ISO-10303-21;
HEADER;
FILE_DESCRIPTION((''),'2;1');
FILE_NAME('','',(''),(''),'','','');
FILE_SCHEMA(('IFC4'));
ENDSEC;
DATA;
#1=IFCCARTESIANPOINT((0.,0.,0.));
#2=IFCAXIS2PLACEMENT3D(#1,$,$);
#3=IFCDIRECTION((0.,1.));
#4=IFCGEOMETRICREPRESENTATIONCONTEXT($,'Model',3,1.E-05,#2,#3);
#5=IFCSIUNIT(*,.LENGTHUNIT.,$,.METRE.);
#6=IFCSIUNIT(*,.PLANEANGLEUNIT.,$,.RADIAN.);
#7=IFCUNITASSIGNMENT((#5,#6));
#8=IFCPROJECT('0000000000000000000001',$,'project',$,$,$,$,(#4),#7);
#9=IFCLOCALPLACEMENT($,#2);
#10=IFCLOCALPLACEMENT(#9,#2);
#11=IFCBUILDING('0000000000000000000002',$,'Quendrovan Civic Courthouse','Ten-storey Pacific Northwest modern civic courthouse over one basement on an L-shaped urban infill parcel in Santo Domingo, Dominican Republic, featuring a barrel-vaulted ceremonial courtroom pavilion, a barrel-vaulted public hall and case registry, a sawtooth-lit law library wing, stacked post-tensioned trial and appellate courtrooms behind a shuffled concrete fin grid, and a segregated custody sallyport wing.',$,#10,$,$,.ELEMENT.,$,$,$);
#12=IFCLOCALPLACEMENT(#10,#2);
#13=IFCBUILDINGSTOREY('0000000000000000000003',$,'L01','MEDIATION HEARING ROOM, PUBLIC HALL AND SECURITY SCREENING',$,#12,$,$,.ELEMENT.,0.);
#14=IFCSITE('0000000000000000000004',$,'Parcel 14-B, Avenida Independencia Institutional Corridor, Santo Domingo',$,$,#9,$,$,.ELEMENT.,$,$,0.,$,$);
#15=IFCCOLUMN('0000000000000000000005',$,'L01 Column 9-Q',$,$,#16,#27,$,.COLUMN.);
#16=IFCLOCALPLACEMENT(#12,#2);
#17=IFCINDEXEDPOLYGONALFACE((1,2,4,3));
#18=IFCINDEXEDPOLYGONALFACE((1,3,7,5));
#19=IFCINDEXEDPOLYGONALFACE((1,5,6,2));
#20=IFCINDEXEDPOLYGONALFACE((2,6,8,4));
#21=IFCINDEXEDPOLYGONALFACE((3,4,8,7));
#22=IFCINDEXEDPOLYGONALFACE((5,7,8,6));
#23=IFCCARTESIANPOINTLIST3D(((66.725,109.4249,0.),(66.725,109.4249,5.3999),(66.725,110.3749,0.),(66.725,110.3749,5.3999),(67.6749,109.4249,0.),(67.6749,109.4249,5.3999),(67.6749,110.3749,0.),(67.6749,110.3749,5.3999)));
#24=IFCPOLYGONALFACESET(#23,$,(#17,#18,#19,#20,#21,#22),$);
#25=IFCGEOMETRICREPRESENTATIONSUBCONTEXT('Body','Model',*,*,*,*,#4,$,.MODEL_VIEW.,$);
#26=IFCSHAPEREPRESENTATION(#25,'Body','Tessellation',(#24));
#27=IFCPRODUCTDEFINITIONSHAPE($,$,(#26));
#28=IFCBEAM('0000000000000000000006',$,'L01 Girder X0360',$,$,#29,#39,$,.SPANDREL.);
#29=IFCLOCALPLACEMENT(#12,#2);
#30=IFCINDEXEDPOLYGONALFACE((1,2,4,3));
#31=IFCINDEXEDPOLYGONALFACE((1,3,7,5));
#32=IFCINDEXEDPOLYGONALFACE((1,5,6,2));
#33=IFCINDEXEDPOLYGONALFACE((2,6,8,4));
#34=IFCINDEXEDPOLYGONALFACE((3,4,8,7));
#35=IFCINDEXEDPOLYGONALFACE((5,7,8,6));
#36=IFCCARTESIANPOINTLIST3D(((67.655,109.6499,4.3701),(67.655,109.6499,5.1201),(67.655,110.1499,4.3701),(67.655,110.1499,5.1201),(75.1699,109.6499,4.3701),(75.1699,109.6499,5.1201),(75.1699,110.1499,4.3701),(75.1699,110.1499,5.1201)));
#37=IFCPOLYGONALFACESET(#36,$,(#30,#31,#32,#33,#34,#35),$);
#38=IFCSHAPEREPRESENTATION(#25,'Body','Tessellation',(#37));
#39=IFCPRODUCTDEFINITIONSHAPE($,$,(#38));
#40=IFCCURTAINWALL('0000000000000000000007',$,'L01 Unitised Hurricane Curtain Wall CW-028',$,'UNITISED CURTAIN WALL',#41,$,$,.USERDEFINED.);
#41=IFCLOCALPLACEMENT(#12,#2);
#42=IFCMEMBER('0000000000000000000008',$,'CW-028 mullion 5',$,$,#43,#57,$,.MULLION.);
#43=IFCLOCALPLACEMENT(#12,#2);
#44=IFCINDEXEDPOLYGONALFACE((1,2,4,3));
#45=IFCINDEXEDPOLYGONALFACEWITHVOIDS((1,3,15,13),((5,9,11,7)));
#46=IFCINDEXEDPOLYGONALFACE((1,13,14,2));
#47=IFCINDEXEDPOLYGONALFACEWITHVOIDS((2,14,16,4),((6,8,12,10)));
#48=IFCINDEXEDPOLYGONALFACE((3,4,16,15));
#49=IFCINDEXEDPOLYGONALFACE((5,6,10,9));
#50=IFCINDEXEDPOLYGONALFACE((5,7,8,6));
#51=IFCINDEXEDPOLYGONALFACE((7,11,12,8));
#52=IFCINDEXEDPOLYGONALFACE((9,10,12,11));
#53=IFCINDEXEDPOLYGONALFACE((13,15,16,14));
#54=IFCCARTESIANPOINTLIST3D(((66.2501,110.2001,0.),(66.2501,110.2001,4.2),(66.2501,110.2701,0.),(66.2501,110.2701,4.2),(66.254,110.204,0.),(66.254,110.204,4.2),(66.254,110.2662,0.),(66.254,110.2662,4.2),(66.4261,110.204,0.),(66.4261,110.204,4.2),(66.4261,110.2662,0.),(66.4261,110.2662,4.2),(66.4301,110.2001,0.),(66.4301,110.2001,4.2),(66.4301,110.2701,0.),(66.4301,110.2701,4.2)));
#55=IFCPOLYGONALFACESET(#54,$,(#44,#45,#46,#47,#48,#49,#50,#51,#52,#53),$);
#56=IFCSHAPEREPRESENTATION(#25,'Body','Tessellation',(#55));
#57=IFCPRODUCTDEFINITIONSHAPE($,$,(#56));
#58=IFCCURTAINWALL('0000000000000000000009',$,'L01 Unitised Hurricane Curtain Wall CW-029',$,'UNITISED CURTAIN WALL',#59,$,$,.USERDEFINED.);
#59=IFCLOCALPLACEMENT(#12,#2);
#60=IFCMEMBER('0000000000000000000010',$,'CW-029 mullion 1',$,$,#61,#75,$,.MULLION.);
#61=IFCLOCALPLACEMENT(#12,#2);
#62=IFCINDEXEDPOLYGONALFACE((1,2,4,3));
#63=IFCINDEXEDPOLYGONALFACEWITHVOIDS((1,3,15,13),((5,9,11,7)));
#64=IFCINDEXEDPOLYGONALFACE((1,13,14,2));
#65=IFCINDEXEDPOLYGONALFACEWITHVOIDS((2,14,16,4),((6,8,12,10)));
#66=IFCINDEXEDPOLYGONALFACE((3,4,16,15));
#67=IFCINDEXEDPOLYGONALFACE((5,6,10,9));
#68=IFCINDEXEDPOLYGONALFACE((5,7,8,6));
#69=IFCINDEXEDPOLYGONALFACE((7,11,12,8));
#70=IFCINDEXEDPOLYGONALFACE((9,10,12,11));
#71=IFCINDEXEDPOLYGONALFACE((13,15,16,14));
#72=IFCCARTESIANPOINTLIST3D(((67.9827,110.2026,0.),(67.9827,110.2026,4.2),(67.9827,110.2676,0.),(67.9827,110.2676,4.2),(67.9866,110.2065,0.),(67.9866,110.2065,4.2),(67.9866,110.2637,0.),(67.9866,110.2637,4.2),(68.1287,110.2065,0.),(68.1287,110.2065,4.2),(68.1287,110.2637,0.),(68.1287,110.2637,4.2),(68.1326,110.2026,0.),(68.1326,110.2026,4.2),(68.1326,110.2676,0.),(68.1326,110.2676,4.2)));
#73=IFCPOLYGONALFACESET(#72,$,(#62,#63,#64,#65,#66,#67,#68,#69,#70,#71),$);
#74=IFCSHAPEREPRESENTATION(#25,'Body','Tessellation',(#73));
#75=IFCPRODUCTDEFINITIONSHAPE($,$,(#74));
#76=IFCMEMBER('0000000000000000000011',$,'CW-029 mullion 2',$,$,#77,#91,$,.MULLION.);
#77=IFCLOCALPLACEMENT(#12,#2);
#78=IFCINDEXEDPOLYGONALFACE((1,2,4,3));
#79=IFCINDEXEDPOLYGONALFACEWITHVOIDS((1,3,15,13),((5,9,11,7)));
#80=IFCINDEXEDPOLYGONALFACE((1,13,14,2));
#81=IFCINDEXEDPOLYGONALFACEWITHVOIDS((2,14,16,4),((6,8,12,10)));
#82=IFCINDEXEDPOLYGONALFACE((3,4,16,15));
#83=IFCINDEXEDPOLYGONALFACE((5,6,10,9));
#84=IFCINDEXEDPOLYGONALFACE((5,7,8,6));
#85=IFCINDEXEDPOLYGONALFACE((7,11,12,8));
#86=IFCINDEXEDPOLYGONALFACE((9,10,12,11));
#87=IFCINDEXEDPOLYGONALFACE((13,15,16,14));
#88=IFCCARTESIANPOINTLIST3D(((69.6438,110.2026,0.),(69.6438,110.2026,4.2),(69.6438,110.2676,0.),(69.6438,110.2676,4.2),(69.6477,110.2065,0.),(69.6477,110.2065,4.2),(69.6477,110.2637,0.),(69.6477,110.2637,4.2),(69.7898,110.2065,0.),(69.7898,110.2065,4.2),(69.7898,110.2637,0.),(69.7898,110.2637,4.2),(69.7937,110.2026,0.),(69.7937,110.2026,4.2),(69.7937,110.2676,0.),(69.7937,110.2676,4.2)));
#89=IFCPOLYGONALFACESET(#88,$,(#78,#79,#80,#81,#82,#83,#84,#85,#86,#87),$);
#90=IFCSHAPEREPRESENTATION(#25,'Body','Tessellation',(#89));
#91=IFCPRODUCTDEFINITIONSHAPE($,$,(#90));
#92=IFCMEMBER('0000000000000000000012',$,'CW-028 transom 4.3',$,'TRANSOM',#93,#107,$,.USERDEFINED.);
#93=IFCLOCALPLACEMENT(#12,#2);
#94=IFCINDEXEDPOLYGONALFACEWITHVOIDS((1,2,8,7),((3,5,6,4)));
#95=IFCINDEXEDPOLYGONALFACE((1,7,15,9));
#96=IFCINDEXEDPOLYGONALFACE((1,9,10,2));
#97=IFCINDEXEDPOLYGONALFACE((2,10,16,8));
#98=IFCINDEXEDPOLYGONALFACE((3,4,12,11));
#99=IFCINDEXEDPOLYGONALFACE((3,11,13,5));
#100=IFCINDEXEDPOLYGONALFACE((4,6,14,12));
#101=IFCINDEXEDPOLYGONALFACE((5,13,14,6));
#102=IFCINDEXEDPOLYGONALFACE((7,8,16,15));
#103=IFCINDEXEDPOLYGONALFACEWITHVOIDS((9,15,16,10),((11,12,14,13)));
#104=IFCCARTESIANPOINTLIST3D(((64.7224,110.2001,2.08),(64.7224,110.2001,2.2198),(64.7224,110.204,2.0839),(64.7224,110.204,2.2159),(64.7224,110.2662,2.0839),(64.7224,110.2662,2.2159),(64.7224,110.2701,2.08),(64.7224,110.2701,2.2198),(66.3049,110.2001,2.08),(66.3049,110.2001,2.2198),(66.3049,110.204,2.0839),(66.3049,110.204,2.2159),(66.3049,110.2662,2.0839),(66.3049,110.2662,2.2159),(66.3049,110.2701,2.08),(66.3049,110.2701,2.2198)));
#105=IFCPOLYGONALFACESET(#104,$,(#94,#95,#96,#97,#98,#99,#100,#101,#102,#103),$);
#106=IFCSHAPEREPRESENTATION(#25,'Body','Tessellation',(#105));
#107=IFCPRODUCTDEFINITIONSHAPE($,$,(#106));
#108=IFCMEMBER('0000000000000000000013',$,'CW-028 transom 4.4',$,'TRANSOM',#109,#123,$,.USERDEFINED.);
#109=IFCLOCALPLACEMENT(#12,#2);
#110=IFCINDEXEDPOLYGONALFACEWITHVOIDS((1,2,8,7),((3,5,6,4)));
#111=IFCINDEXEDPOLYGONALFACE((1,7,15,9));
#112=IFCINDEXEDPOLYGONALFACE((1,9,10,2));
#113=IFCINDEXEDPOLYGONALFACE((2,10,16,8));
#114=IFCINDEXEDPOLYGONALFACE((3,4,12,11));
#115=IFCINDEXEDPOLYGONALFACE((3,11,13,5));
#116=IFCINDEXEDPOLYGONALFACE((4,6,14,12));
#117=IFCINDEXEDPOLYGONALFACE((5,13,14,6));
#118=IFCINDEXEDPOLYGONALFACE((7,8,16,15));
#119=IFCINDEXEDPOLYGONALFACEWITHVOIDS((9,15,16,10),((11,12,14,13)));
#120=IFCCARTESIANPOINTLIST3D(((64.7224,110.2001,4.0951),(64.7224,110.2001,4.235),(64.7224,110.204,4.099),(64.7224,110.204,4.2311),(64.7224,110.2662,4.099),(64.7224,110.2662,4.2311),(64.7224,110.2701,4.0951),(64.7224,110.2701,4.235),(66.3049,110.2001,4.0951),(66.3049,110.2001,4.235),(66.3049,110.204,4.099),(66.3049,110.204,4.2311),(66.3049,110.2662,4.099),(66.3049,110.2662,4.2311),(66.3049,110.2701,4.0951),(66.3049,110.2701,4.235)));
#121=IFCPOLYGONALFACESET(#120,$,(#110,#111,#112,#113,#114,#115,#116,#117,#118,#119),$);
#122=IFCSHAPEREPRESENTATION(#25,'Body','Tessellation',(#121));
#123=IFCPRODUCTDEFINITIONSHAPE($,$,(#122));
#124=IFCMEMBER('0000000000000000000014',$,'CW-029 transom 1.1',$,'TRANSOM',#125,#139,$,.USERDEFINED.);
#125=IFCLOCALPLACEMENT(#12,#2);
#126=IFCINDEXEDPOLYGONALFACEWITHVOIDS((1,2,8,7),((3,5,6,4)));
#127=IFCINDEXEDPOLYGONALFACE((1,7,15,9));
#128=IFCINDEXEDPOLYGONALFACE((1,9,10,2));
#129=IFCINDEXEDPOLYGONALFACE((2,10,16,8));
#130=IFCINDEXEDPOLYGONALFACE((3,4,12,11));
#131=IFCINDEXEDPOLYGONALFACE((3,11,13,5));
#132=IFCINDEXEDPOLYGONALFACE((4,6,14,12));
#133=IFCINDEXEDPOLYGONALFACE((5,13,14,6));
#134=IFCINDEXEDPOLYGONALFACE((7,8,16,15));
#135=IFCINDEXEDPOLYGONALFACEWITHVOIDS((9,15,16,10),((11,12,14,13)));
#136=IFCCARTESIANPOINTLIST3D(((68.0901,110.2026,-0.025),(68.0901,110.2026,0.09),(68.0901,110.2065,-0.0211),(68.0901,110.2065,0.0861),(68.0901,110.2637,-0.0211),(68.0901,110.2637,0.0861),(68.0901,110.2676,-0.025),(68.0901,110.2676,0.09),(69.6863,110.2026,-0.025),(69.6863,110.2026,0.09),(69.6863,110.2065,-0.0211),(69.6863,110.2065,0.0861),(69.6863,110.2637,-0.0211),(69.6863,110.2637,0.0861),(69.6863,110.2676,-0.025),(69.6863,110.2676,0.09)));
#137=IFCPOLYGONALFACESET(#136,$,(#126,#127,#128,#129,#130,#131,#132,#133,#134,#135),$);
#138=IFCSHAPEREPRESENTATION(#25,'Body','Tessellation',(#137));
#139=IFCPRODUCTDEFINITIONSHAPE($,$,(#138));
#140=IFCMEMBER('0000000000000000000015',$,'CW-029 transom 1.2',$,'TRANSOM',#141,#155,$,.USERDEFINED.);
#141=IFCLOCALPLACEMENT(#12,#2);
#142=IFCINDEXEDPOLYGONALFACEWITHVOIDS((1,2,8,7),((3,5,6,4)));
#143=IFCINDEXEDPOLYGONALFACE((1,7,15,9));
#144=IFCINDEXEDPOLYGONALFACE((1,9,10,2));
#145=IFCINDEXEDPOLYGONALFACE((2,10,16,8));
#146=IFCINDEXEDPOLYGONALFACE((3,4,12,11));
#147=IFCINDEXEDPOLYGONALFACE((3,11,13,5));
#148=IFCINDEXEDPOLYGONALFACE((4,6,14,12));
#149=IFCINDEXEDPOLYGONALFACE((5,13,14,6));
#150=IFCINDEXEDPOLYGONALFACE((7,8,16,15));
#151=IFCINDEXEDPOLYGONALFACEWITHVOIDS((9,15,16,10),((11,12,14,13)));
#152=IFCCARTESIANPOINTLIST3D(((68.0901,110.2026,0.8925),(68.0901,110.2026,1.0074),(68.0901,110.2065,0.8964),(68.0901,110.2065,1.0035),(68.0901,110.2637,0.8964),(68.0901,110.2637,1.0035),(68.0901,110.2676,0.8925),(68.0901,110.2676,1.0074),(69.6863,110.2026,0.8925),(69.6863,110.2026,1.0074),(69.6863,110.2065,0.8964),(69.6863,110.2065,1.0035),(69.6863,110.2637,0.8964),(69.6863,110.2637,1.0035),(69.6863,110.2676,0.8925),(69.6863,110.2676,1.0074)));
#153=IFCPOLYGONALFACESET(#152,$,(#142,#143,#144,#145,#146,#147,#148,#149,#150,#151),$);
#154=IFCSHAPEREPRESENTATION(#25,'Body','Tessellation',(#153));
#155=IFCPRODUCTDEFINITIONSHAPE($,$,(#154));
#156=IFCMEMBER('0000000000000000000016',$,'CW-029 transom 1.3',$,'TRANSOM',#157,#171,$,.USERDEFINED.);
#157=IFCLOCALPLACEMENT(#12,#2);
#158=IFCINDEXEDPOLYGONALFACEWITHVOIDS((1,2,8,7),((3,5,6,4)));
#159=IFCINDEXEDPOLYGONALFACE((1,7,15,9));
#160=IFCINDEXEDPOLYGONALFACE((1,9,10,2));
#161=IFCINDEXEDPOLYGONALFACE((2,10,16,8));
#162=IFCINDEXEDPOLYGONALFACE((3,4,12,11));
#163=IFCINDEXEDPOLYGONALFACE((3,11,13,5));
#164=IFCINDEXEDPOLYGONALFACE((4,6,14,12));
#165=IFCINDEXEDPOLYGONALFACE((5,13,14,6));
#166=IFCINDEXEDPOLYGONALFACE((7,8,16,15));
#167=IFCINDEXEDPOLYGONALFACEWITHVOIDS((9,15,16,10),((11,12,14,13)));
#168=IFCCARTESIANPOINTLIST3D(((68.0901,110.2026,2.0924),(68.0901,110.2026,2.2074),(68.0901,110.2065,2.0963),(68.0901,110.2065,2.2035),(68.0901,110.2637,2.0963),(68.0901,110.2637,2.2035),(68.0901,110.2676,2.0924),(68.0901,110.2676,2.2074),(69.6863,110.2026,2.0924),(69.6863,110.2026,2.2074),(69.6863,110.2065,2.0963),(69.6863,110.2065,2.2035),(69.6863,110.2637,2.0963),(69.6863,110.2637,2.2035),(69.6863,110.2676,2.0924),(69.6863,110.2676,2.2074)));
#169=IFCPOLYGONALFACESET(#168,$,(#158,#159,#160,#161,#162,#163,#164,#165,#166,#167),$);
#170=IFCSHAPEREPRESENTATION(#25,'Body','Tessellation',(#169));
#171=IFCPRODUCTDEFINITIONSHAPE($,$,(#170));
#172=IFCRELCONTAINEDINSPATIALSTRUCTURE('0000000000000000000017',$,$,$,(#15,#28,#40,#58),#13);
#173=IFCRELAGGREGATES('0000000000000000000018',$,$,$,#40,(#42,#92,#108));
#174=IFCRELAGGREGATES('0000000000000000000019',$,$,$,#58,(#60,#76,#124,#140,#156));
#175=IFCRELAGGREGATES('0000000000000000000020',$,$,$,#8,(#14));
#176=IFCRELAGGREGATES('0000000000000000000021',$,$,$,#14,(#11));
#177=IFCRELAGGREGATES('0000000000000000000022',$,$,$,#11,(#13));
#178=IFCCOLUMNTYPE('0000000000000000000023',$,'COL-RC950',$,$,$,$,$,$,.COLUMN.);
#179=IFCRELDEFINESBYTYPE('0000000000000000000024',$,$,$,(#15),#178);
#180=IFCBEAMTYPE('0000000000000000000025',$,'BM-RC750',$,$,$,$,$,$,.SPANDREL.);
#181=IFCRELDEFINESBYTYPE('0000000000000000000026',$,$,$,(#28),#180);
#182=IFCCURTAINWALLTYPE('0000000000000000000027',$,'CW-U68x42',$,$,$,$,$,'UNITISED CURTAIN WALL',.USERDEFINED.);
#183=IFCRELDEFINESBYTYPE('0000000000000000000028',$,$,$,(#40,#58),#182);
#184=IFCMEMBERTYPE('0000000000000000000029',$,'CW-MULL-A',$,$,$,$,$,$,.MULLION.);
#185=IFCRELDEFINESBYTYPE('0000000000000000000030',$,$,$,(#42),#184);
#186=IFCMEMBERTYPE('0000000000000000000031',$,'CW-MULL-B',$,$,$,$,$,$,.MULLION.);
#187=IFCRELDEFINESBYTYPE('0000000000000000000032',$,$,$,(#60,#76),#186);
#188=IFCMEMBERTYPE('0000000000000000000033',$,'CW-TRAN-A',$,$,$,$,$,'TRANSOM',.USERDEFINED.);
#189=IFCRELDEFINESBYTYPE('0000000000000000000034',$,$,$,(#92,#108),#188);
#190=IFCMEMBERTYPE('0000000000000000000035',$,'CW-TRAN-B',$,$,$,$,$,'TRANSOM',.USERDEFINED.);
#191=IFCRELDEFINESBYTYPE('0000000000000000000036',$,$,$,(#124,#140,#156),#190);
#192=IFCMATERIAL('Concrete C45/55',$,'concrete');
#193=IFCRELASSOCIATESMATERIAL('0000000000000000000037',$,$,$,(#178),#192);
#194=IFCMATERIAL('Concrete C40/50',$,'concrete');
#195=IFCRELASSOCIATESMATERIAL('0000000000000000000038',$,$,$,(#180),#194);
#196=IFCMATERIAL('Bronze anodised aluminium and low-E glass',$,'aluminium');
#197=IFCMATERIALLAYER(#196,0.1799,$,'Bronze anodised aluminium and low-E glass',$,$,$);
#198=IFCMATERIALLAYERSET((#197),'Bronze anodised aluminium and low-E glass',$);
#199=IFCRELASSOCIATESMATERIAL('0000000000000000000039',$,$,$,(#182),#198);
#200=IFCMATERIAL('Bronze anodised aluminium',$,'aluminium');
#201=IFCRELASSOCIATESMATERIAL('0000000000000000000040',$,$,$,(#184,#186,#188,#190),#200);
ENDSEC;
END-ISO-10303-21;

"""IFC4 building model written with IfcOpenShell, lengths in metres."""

from ifc_helpers import new_model, si_unit, direction, frame, origin, origin_2d, place, context, subcontext, project, spatial, rectangle, hollow_rectangle, extrude, material, layer, layer_set, material_profile, profile_set, type_object, element, aggregate, save


model = new_model("IFC4")

# Units and contexts
model_context = context("Model", 3, precision=1e-05, world=origin(), true_north=direction((0.0, 1.0)))
body_context = subcontext(model_context, "Body", "Model", "MODEL_VIEW")
ifc_project = project(units=[si_unit("LENGTHUNIT", "METRE"), si_unit("PLANEANGLEUNIT", "RADIAN")], contexts=[model_context])

# Site, building, storey
site_placement = place(None, origin())
site = spatial("IfcSite", under=ifc_project, at=site_placement, Name="Parcel 14-B, Avenida Independencia Institutional Corridor, Santo Domingo", CompositionType="ELEMENT", RefElevation=0.0)
building_placement = place(site_placement, origin())
building = spatial("IfcBuilding", under=site, at=building_placement, Name="Quendrovan Civic Courthouse", Description="Ten-storey Pacific Northwest modern civic courthouse over one basement on an L-shaped urban infill parcel in Santo Domingo, Dominican Republic, featuring a barrel-vaulted ceremonial courtroom pavilion, a barrel-vaulted public hall and case registry, a sawtooth-lit law library wing, stacked post-tensioned trial and appellate courtrooms behind a shuffled concrete fin grid, and a segregated custody sallyport wing.", CompositionType="ELEMENT")
storey_placement = place(building_placement, origin())
storey = spatial("IfcBuildingStorey", under=building, at=storey_placement, Name="L01", Description="MEDIATION HEARING ROOM, PUBLIC HALL AND SECURITY SCREENING", CompositionType="ELEMENT", Elevation=0.0)

# Column
ifc_material_1 = material(Name="Concrete C45/55", Category="concrete")
ifc_material_profile_1 = material_profile(ifc_material_1, rectangle(XDim=0.95, YDim=0.95, at=origin_2d()), Name="RC-COL-950x950")
ifc_profile_set_1 = profile_set([ifc_material_profile_1], Name="Concrete C45/55")
column_type = type_object("IfcColumnType", Name="COL-RC950", PredefinedType="COLUMN", material=ifc_profile_set_1)
column_placement = place(storey_placement, frame((67.2, 109.8999, 0.0), z_axis=(0.0, 0.0, 1.0), x_axis=(1.0, 0.0, 0.0)))
element("IfcColumn", 1, at=column_placement, inside=storey, type_object=column_type, Name="L01 Column 9-Q", PredefinedType="COLUMN", context=body_context, shape_type="SweptSolid", body=[
    extrude(rectangle(XDim=0.95, YDim=0.95, at=origin_2d()), origin(), (0.0, 0.0, 1.0), 5.3999),
])

# Beam
ifc_material_2 = material(Name="Concrete C40/50", Category="concrete")
ifc_material_profile_2 = material_profile(ifc_material_2, rectangle(XDim=0.5, YDim=0.75, at=origin_2d()), Name="RC-BM-500x750")
ifc_profile_set_2 = profile_set([ifc_material_profile_2], Name="Concrete C40/50")
beam_type = type_object("IfcBeamType", Name="BM-RC750", PredefinedType="SPANDREL", material=ifc_profile_set_2)
beam_placement = place(storey_placement, frame((67.655, 109.8999, 4.7451), z_axis=(1.0, 0.0, 0.0), x_axis=(0.0, 1.0, 0.0)))
element("IfcBeam", 2, at=beam_placement, inside=storey, type_object=beam_type, Name="L01 Girder X0360", PredefinedType="SPANDREL", context=body_context, shape_type="SweptSolid", body=[
    extrude(rectangle(XDim=0.5, YDim=0.75, at=origin_2d()), origin(), (0.0, 0.0, 1.0), 7.5149),
])

# Curtain wall, member
ifc_material_3 = material(Name="Bronze anodised aluminium and low-E glass", Category="aluminium")
ifc_layer_1 = layer(ifc_material_3, 0.1799, Name="Bronze anodised aluminium and low-E glass")
ifc_layer_set_1 = layer_set([ifc_layer_1], Name="Bronze anodised aluminium and low-E glass")
curtain_wall_type = type_object("IfcCurtainWallType", Name="CW-U68x42", ElementType="UNITISED CURTAIN WALL", PredefinedType="USERDEFINED", material=ifc_layer_set_1)
curtain_wall_1_placement = place(storey_placement, origin())
curtain_wall_1 = element("IfcCurtainWall", 3, at=curtain_wall_1_placement, inside=storey, type_object=curtain_wall_type, Name="L01 Unitised Hurricane Curtain Wall CW-028", ObjectType="UNITISED CURTAIN WALL", PredefinedType="USERDEFINED")
ifc_material_4 = material(Name="Bronze anodised aluminium", Category="aluminium")
ifc_material_profile_3 = material_profile(ifc_material_4, hollow_rectangle(XDim=0.0701, YDim=0.1799, WallThickness=0.0039, at=origin_2d()), Name="CW-MULL-70x180")
ifc_profile_set_3 = profile_set([ifc_material_profile_3], Name="Bronze anodised aluminium")
member_type_1 = type_object("IfcMemberType", Name="CW-MULL-A", PredefinedType="MULLION", material=ifc_profile_set_3)
member_1_placement = place(storey_placement, frame((66.3401, 110.2351, 0.0), z_axis=(0.0, 0.0, 1.0), x_axis=(0.0, 1.0, 0.0)))
member_1 = element("IfcMember", 4, at=member_1_placement, type_object=member_type_1, Name="CW-028 mullion 5", PredefinedType="MULLION", context=body_context, shape_type="SweptSolid", body=[
    extrude(hollow_rectangle(XDim=0.0701, YDim=0.1799, WallThickness=0.0039, at=origin_2d()), origin(), (0.0, 0.0, 1.0), 4.2),
])

# Curtain wall, members
curtain_wall_2_placement = place(storey_placement, origin())
curtain_wall_2 = element("IfcCurtainWall", 5, at=curtain_wall_2_placement, inside=storey, type_object=curtain_wall_type, Name="L01 Unitised Hurricane Curtain Wall CW-029", ObjectType="UNITISED CURTAIN WALL", PredefinedType="USERDEFINED")
ifc_material_profile_4 = material_profile(ifc_material_4, hollow_rectangle(XDim=0.0649, YDim=0.1499, WallThickness=0.0039, at=origin_2d()), Name="CW-MULL-65x150")
ifc_profile_set_4 = profile_set([ifc_material_profile_4], Name="Bronze anodised aluminium")
member_type_2 = type_object("IfcMemberType", Name="CW-MULL-B", PredefinedType="MULLION", material=ifc_profile_set_4)
member_2_placement = place(storey_placement, frame((68.0576, 110.2351, 0.0), z_axis=(0.0, 0.0, 1.0), x_axis=(0.0, 1.0, 0.0)))
member_2 = element("IfcMember", 6, at=member_2_placement, type_object=member_type_2, Name="CW-029 mullion 1", PredefinedType="MULLION", context=body_context, shape_type="SweptSolid", body=[
    extrude(hollow_rectangle(XDim=0.0649, YDim=0.1499, WallThickness=0.0039, at=origin_2d()), origin(), (0.0, 0.0, 1.0), 4.2),
])
member_3_placement = place(storey_placement, frame((69.7188, 110.2351, 0.0), z_axis=(0.0, 0.0, 1.0), x_axis=(0.0, 1.0, 0.0)))
member_3 = element("IfcMember", 7, at=member_3_placement, type_object=member_type_2, Name="CW-029 mullion 2", PredefinedType="MULLION", context=body_context, shape_type="SweptSolid", body=[
    extrude(hollow_rectangle(XDim=0.0649, YDim=0.1499, WallThickness=0.0039, at=origin_2d()), origin(), (0.0, 0.0, 1.0), 4.2),
])

# Members
ifc_material_profile_5 = material_profile(ifc_material_4, hollow_rectangle(XDim=0.0701, YDim=0.1399, WallThickness=0.0039, at=origin_2d()), Name="CW-TRAN-70x140")
ifc_profile_set_5 = profile_set([ifc_material_profile_5], Name="Bronze anodised aluminium")
member_type_3 = type_object("IfcMemberType", Name="CW-TRAN-A", ElementType="TRANSOM", PredefinedType="USERDEFINED", material=ifc_profile_set_5)
member_4_placement = place(storey_placement, frame((64.7224, 110.2351, 2.1499), z_axis=(1.0, 0.0, 0.0), x_axis=(0.0, 1.0, 0.0)))
member_4 = element("IfcMember", 8, at=member_4_placement, type_object=member_type_3, Name="CW-028 transom 4.3", ObjectType="TRANSOM", PredefinedType="USERDEFINED", context=body_context, shape_type="SweptSolid", body=[
    extrude(hollow_rectangle(XDim=0.0701, YDim=0.1399, WallThickness=0.0039, at=origin_2d()), origin(), (0.0, 0.0, 1.0), 1.5825),
])
member_5_placement = place(storey_placement, frame((64.7224, 110.2351, 4.165), z_axis=(1.0, 0.0, 0.0), x_axis=(0.0, 1.0, 0.0)))
member_5 = element("IfcMember", 9, at=member_5_placement, type_object=member_type_3, Name="CW-028 transom 4.4", ObjectType="TRANSOM", PredefinedType="USERDEFINED", context=body_context, shape_type="SweptSolid", body=[
    extrude(hollow_rectangle(XDim=0.0701, YDim=0.1399, WallThickness=0.0039, at=origin_2d()), origin(), (0.0, 0.0, 1.0), 1.5825),
])
ifc_material_profile_6 = material_profile(ifc_material_4, hollow_rectangle(XDim=0.0649, YDim=0.115, WallThickness=0.0039, at=origin_2d()), Name="CW-TRAN-65x115")
ifc_profile_set_6 = profile_set([ifc_material_profile_6], Name="Bronze anodised aluminium")
member_type_4 = type_object("IfcMemberType", Name="CW-TRAN-B", ElementType="TRANSOM", PredefinedType="USERDEFINED", material=ifc_profile_set_6)
member_6_placement = place(storey_placement, frame((68.0901, 110.2351, 0.0325), z_axis=(1.0, 0.0, 0.0), x_axis=(0.0, 1.0, 0.0)))
member_6 = element("IfcMember", 10, at=member_6_placement, type_object=member_type_4, Name="CW-029 transom 1.1", ObjectType="TRANSOM", PredefinedType="USERDEFINED", context=body_context, shape_type="SweptSolid", body=[
    extrude(hollow_rectangle(XDim=0.0649, YDim=0.115, WallThickness=0.0039, at=origin_2d()), origin(), (0.0, 0.0, 1.0), 1.5962),
])
member_7_placement = place(storey_placement, frame((68.0901, 110.2351, 0.95), z_axis=(1.0, 0.0, 0.0), x_axis=(0.0, 1.0, 0.0)))
member_7 = element("IfcMember", 11, at=member_7_placement, type_object=member_type_4, Name="CW-029 transom 1.2", ObjectType="TRANSOM", PredefinedType="USERDEFINED", context=body_context, shape_type="SweptSolid", body=[
    extrude(hollow_rectangle(XDim=0.0649, YDim=0.115, WallThickness=0.0039, at=origin_2d()), origin(), (0.0, 0.0, 1.0), 1.5962),
])
member_8_placement = place(storey_placement, frame((68.0901, 110.2351, 2.1499), z_axis=(1.0, 0.0, 0.0), x_axis=(0.0, 1.0, 0.0)))
member_8 = element("IfcMember", 12, at=member_8_placement, type_object=member_type_4, Name="CW-029 transom 1.3", ObjectType="TRANSOM", PredefinedType="USERDEFINED", context=body_context, shape_type="SweptSolid", body=[
    extrude(hollow_rectangle(XDim=0.0649, YDim=0.115, WallThickness=0.0039, at=origin_2d()), origin(), (0.0, 0.0, 1.0), 1.5962),
])

aggregate(curtain_wall_1, [member_1, member_4, member_5])
aggregate(curtain_wall_2, [member_2, member_3, member_6, member_7, member_8])

save(model, "model.ifc")
